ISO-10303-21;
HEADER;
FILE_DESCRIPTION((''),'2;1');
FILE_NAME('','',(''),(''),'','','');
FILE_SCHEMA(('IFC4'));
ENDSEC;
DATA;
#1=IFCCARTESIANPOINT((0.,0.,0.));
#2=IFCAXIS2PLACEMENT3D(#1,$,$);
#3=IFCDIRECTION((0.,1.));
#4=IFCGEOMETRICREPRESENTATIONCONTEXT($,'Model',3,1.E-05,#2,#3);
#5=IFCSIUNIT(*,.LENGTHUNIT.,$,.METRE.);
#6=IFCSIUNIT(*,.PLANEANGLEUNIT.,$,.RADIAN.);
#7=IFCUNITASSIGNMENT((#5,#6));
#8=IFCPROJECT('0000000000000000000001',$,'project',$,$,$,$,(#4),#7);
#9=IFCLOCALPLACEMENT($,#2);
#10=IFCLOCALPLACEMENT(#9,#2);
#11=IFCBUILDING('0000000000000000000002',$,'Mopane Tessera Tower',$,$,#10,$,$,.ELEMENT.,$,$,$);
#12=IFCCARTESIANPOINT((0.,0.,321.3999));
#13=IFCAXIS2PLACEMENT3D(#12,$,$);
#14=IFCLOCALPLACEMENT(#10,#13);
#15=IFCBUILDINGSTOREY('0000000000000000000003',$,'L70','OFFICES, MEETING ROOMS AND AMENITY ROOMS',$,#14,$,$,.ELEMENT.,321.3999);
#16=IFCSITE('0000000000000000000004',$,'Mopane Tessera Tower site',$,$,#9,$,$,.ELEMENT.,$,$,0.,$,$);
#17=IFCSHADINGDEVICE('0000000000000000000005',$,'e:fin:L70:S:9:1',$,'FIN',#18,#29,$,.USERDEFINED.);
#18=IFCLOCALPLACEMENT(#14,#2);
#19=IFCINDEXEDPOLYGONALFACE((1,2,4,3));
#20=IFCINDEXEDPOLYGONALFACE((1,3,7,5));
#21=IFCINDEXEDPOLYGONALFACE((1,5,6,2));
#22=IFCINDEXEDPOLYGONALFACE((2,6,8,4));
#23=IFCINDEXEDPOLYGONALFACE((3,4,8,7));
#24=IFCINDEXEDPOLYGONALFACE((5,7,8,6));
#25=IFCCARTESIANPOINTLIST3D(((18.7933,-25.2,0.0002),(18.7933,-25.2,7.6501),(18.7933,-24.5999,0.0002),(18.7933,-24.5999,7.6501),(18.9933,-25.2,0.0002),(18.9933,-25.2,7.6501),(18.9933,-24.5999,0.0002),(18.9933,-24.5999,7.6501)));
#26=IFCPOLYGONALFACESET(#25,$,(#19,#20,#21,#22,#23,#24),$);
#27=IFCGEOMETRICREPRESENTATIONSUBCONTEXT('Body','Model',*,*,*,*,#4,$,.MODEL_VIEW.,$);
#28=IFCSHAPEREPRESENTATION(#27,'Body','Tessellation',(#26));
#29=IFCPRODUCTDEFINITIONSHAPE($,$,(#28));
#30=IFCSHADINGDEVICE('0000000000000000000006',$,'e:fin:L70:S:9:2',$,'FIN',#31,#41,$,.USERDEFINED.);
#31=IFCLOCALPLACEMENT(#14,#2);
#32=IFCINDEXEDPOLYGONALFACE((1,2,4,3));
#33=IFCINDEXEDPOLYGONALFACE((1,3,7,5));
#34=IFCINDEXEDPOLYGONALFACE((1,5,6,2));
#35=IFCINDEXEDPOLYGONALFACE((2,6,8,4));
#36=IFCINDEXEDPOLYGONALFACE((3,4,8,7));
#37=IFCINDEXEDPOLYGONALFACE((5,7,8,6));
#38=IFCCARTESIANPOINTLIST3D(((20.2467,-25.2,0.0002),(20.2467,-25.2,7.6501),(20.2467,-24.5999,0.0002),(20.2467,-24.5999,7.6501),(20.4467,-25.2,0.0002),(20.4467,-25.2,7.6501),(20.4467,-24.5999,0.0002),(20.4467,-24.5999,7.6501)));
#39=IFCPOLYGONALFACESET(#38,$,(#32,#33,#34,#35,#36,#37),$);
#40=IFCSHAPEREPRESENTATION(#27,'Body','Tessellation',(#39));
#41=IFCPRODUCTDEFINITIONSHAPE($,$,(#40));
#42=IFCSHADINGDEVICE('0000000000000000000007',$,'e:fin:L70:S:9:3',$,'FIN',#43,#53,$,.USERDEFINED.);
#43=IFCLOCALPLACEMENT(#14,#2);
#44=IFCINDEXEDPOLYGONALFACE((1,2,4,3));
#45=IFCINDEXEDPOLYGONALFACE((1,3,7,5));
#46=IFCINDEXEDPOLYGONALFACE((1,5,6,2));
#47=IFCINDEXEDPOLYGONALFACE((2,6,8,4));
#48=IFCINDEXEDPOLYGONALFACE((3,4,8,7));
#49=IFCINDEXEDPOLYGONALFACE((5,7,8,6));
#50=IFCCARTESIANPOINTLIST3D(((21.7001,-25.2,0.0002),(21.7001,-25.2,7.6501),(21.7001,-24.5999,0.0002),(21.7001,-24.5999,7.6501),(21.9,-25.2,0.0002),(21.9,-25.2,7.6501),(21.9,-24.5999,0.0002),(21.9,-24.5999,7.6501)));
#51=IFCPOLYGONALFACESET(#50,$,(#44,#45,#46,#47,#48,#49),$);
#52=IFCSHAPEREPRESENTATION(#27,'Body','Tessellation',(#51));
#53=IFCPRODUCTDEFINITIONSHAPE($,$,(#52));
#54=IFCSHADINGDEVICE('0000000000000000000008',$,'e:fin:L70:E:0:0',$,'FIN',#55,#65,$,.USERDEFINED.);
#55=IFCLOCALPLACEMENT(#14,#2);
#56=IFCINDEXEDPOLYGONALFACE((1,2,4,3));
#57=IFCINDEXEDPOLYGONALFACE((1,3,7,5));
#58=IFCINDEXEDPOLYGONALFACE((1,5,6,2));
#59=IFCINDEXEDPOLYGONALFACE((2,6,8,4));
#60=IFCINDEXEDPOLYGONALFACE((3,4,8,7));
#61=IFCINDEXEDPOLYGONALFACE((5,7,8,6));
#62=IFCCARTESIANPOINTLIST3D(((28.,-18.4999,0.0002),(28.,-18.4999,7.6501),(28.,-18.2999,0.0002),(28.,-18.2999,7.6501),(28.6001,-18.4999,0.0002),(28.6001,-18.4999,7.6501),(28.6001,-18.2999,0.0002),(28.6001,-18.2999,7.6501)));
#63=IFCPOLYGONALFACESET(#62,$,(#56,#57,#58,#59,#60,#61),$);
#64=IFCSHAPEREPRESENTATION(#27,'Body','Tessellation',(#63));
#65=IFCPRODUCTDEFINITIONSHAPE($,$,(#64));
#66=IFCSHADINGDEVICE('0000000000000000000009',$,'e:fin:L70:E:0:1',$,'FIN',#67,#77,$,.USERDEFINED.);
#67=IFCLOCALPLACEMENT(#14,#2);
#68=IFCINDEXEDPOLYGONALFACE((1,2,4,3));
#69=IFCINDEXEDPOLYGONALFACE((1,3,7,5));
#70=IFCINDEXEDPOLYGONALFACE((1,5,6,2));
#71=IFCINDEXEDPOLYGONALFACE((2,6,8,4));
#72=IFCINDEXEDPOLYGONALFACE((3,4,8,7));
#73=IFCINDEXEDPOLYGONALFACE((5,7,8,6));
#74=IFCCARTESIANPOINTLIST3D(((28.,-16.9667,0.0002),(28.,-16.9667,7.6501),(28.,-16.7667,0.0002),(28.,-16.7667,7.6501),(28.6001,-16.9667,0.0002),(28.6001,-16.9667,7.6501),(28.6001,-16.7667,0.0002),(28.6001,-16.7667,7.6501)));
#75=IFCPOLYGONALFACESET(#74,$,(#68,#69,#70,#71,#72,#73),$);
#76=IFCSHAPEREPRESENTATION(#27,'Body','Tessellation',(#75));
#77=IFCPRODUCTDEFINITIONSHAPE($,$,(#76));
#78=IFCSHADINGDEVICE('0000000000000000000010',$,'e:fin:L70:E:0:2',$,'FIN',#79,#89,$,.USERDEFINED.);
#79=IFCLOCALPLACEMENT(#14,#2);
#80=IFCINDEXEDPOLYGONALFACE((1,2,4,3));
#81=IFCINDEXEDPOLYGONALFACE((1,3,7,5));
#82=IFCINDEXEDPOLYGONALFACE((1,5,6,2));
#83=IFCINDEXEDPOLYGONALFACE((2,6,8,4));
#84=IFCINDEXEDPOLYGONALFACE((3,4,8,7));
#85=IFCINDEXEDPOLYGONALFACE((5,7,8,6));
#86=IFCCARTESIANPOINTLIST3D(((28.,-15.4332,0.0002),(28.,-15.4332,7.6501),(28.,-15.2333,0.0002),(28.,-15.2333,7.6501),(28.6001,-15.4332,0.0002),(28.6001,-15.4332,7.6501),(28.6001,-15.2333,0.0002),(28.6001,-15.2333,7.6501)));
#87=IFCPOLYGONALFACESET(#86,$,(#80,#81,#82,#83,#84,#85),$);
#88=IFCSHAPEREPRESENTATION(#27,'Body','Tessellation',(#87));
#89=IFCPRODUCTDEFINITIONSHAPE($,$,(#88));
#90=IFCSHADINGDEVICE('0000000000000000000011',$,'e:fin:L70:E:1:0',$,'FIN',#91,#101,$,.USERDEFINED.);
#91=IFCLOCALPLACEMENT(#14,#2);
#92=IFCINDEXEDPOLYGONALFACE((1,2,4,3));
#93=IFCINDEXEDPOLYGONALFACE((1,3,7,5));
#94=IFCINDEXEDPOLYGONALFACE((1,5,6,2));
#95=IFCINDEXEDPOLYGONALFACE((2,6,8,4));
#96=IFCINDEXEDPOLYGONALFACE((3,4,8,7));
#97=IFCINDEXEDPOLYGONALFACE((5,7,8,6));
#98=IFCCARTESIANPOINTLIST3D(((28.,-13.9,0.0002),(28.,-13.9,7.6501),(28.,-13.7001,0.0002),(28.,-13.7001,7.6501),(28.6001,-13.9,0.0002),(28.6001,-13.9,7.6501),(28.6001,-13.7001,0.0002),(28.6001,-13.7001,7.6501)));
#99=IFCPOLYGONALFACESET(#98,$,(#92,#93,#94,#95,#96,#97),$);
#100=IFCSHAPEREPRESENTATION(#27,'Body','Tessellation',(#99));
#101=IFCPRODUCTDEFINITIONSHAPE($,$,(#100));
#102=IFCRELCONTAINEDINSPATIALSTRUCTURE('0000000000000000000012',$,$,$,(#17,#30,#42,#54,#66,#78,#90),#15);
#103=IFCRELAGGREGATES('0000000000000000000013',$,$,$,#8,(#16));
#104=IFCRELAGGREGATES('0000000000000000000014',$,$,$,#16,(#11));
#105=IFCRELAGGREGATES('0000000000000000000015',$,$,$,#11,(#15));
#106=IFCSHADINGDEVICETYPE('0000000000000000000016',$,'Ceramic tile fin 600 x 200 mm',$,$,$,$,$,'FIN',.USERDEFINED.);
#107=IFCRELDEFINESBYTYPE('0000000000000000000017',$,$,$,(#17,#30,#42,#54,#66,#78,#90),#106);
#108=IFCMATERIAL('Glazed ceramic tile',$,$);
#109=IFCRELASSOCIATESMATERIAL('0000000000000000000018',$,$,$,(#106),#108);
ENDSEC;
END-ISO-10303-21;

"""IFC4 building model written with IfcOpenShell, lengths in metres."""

from ifc_helpers import new_model, si_unit, direction, frame, origin, origin_2d, place, context, subcontext, project, spatial, rectangle, extrude, material, type_object, element, save


model = new_model("IFC4")

# Units and contexts
model_context = context("Model", 3, precision=1e-05, world=origin(), true_north=direction((0.0, 1.0)))
body_context = subcontext(model_context, "Body", "Model", "MODEL_VIEW")
ifc_project = project(units=[si_unit("LENGTHUNIT", "METRE"), si_unit("PLANEANGLEUNIT", "RADIAN")], contexts=[model_context])

# Site, building, storey
site_placement = place(None, origin())
site = spatial("IfcSite", under=ifc_project, at=site_placement, Name="Mopane Tessera Tower site", CompositionType="ELEMENT", RefElevation=0.0)
building_placement = place(site_placement, origin())
building = spatial("IfcBuilding", under=site, at=building_placement, Name="Mopane Tessera Tower", CompositionType="ELEMENT")
storey_placement = place(building_placement, frame((0.0, 0.0, 321.3999)))
storey = spatial("IfcBuildingStorey", under=building, at=storey_placement, Name="L70", Description="OFFICES, MEETING ROOMS AND AMENITY ROOMS", CompositionType="ELEMENT", Elevation=321.3999)

# Shading devices
ifc_material_1 = material(Name="Glazed ceramic tile")
shading_device_type = type_object("IfcShadingDeviceType", Name="Ceramic tile fin 600 x 200 mm", ElementType="FIN", PredefinedType="USERDEFINED", material=ifc_material_1)
for number, where, z_axis, x_axis, name in (
    (1, (18.8933, -24.8999, 0.0002), (0.0, 0.0, 1.0), (1.0, 0.0, 0.0), "e:fin:L70:S:9:1"),
    (2, (20.3467, -24.8999, 0.0002), (0.0, 0.0, 1.0), (1.0, 0.0, 0.0), "e:fin:L70:S:9:2"),
    (3, (21.8, -24.8999, 0.0002), (0.0, 0.0, 1.0), (1.0, 0.0, 0.0), "e:fin:L70:S:9:3"),
    (4, (28.3, -18.3999, 0.0002), (0.0, 0.0, 1.0), (0.0, 1.0, 0.0), "e:fin:L70:E:0:0"),
    (5, (28.3, -16.8667, 0.0002), (0.0, 0.0, 1.0), (0.0, 1.0, 0.0), "e:fin:L70:E:0:1"),
    (6, (28.3, -15.3333, 0.0002), (0.0, 0.0, 1.0), (0.0, 1.0, 0.0), "e:fin:L70:E:0:2"),
    (7, (28.3, -13.8, 0.0002), (0.0, 0.0, 1.0), (0.0, 1.0, 0.0), "e:fin:L70:E:1:0"),
):
    element("IfcShadingDevice", number, at=place(storey_placement, frame(where, z_axis=z_axis, x_axis=x_axis)), inside=storey, type_object=shading_device_type, Name=name, ObjectType="FIN", PredefinedType="USERDEFINED", context=body_context, shape_type="SweptSolid", body=[
        extrude(rectangle(XDim=0.2, YDim=0.6001, at=origin_2d()), origin(), (0.0, 0.0, 1.0), 7.6499),
    ])

save(model, "model.ifc")
